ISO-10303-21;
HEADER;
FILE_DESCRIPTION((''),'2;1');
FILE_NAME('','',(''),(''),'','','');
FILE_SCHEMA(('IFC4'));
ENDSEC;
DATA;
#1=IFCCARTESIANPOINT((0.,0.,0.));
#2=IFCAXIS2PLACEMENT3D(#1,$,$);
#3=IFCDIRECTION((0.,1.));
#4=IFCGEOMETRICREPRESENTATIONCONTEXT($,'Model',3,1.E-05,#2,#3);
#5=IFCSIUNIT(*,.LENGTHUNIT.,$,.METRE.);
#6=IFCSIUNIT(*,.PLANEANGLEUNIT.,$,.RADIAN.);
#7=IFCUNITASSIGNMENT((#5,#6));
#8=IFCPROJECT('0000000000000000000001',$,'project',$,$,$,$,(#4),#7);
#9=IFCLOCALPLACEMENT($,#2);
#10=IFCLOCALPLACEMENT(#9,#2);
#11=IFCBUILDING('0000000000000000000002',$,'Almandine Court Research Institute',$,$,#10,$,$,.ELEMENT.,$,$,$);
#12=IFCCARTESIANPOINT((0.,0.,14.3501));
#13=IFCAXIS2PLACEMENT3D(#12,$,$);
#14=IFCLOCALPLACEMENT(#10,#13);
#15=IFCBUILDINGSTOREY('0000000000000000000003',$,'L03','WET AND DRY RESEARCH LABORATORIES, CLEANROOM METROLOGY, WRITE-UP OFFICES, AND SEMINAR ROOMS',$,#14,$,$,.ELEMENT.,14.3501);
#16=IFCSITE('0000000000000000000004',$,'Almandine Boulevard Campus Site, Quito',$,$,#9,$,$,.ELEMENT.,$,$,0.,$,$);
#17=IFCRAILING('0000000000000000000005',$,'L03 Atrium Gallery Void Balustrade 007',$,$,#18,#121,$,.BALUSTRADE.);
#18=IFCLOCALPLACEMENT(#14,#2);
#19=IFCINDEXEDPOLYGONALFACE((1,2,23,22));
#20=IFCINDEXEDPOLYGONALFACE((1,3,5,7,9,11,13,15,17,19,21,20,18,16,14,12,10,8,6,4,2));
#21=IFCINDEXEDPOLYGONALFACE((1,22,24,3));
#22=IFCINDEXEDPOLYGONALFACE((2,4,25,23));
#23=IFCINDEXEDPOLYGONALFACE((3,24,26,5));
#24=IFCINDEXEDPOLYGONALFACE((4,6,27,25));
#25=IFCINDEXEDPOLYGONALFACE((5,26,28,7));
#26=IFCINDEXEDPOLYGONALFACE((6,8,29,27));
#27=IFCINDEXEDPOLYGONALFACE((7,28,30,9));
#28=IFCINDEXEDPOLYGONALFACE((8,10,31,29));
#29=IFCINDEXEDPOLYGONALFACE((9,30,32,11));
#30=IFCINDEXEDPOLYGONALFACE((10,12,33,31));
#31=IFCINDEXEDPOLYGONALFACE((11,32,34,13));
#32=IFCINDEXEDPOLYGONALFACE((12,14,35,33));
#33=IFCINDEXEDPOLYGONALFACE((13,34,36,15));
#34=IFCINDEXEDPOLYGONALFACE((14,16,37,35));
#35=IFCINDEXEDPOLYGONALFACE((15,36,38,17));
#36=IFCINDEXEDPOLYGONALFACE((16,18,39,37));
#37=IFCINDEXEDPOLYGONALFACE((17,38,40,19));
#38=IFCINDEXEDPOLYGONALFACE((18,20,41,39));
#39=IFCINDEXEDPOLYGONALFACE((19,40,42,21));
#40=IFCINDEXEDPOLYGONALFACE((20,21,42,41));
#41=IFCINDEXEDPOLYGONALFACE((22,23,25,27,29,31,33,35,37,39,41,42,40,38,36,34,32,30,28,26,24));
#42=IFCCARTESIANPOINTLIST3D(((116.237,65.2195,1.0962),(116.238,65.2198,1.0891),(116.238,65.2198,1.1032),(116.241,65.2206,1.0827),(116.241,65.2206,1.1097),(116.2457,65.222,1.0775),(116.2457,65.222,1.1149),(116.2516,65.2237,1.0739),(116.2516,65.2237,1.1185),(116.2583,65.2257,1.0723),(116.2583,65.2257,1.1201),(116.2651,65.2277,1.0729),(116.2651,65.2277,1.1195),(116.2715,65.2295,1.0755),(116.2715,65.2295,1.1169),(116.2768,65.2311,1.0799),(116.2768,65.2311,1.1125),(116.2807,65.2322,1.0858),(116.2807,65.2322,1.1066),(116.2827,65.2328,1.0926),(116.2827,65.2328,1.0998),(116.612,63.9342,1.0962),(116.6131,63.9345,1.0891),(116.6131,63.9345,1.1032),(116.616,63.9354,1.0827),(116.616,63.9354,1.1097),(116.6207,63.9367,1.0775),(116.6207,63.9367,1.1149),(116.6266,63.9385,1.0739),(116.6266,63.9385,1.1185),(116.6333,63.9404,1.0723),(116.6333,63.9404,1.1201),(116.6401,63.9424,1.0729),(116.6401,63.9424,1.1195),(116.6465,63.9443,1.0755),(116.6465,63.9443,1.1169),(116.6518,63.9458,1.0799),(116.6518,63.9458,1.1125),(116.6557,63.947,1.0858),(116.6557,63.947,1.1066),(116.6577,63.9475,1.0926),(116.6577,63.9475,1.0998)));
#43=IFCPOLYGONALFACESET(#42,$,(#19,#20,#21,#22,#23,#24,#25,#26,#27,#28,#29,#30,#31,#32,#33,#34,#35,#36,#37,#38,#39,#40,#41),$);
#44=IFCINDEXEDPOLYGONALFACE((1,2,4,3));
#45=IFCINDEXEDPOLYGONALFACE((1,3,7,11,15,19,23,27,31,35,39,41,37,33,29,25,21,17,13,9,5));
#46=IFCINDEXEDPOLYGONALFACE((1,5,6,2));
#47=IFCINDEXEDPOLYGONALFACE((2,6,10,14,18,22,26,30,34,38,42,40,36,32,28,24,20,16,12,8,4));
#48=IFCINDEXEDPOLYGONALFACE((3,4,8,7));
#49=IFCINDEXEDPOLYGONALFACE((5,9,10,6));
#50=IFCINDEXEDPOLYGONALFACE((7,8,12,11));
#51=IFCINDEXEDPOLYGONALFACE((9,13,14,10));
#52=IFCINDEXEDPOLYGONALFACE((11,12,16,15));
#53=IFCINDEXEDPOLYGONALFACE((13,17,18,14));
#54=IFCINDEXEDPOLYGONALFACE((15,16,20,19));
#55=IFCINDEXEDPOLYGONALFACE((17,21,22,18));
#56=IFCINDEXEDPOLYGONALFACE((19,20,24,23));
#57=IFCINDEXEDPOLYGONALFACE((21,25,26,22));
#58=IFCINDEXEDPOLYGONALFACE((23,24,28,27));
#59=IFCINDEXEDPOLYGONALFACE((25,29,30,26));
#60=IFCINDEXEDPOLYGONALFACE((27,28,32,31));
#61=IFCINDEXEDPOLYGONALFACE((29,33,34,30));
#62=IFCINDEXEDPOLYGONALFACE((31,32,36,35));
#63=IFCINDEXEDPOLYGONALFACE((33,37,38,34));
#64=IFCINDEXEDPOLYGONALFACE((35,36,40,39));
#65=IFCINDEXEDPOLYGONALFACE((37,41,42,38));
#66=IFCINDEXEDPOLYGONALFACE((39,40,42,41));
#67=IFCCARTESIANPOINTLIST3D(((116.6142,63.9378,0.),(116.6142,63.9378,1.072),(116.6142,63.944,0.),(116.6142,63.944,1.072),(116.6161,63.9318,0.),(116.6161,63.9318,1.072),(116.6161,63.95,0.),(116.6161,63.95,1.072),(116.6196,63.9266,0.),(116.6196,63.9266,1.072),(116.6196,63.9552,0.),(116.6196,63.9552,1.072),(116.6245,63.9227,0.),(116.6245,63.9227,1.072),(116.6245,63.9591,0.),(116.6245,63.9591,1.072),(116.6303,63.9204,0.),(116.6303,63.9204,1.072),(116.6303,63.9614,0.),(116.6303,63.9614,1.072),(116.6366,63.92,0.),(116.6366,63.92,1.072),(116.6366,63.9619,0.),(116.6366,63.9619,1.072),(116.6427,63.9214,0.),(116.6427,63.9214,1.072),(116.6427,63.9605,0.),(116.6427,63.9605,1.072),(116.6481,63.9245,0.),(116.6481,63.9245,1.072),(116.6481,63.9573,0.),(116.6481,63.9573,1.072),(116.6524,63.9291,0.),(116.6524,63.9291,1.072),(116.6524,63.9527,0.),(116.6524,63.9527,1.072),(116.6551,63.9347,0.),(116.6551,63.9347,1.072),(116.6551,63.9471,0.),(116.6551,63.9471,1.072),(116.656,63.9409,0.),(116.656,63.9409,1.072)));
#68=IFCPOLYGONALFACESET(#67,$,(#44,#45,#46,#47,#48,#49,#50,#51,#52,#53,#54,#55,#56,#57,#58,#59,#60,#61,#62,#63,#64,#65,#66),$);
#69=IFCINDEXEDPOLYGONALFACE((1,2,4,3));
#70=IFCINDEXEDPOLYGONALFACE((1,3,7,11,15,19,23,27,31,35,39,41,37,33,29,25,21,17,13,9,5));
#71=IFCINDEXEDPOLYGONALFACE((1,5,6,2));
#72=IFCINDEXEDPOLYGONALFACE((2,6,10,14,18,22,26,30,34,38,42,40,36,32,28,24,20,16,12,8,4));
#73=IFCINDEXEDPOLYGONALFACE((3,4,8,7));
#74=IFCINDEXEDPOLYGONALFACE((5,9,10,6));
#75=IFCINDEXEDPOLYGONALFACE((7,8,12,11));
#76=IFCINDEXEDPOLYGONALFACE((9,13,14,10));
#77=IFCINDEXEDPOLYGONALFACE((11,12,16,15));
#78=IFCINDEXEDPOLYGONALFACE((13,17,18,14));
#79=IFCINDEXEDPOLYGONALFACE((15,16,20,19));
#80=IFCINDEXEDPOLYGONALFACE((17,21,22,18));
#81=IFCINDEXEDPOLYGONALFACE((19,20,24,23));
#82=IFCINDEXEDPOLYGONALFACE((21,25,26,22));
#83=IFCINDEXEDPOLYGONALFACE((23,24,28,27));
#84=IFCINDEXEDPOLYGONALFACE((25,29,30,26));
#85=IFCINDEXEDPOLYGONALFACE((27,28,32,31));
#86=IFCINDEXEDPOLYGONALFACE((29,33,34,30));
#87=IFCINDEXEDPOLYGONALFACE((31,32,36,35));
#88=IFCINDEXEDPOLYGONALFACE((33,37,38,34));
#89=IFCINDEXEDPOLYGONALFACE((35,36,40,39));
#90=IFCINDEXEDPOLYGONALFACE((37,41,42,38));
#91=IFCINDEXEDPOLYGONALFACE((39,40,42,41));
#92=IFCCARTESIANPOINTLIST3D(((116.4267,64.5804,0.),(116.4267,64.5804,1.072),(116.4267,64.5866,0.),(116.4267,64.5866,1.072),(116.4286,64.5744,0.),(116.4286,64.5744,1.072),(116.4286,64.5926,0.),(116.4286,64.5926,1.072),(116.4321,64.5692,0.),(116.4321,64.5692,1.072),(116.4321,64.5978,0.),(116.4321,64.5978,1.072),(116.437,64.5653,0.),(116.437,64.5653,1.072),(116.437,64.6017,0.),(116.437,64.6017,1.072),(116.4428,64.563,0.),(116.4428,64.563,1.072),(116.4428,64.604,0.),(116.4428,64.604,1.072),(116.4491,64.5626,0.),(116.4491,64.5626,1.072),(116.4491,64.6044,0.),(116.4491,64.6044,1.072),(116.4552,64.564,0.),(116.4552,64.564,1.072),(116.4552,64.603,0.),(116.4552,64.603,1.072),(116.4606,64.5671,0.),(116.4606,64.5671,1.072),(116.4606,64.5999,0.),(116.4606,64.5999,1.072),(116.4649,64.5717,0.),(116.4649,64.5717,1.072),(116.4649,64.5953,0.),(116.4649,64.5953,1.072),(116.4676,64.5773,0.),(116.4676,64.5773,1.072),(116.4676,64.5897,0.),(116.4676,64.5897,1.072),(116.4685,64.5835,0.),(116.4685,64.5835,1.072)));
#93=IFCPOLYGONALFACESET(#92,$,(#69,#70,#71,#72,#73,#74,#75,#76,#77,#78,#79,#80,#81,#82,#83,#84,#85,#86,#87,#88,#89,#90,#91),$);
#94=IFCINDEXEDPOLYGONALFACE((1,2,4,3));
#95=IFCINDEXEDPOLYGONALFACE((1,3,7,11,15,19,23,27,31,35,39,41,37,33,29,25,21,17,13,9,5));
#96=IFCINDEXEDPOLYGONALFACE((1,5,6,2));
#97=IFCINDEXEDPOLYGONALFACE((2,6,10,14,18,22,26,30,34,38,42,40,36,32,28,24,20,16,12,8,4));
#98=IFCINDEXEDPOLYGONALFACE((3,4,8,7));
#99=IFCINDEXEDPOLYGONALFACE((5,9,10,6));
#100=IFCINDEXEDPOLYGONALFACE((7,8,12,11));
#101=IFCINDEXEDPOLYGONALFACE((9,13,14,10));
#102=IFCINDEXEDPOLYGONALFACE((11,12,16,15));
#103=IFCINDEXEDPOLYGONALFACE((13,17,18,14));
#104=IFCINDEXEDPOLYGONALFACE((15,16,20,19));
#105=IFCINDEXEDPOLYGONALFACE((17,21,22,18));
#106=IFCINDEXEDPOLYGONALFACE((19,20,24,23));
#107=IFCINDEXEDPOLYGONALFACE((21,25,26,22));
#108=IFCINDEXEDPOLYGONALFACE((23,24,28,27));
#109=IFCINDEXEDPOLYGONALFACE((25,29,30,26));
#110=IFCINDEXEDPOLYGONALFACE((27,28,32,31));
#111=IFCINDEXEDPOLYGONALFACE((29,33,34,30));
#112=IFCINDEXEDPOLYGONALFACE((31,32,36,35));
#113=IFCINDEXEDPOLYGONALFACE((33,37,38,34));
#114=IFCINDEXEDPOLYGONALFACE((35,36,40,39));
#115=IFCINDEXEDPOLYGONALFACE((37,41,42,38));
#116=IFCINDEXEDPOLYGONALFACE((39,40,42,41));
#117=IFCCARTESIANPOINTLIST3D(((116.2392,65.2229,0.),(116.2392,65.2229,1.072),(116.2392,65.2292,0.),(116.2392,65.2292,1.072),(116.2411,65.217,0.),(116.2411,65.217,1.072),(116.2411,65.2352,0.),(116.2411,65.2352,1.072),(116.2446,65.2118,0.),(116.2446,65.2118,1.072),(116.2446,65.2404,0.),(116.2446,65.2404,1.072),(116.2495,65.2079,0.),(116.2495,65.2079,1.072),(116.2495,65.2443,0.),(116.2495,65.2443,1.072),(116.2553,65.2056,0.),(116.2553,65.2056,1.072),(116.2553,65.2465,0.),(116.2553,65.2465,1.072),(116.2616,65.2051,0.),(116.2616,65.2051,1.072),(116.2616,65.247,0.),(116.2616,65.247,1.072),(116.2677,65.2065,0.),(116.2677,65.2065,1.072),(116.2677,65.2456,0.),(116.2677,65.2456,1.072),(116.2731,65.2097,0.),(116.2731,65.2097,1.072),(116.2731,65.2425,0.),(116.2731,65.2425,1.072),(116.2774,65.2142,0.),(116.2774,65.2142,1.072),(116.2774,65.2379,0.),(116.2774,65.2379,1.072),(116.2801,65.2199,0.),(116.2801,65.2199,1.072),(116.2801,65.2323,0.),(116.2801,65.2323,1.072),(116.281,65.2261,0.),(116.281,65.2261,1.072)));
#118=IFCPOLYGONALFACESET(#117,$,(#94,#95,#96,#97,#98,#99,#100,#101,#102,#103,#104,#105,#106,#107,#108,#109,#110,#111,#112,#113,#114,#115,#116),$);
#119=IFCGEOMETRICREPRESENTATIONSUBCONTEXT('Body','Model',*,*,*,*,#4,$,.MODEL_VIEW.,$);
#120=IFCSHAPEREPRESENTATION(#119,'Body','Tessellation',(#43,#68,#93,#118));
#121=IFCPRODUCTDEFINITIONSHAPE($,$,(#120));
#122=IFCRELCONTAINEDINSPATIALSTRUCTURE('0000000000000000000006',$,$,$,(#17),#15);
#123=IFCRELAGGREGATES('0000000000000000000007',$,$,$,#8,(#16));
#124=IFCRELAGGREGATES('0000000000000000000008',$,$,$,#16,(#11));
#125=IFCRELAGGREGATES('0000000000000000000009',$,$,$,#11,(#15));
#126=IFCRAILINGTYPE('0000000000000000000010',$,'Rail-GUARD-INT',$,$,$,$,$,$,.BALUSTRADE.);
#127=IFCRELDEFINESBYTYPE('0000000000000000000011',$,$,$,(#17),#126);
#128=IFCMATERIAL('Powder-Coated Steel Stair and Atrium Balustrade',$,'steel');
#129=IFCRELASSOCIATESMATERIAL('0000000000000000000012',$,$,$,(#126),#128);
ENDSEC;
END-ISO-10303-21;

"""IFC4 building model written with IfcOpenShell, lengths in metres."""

from ifc_helpers import new_model, si_unit, direction, frame, origin, origin_2d, place, context, subcontext, project, spatial, circle, extrude, material, type_object, element, save


model = new_model("IFC4")

# Units and contexts
model_context = context("Model", 3, precision=1e-05, world=origin(), true_north=direction((0.0, 1.0)))
body_context = subcontext(model_context, "Body", "Model", "MODEL_VIEW")
ifc_project = project(units=[si_unit("LENGTHUNIT", "METRE"), si_unit("PLANEANGLEUNIT", "RADIAN")], contexts=[model_context])

# Site, building, storey
site_placement = place(None, origin())
site = spatial("IfcSite", under=ifc_project, at=site_placement, Name="Almandine Boulevard Campus Site, Quito", CompositionType="ELEMENT", RefElevation=0.0)
building_placement = place(site_placement, origin())
building = spatial("IfcBuilding", under=site, at=building_placement, Name="Almandine Court Research Institute", CompositionType="ELEMENT")
storey_placement = place(building_placement, frame((0.0, 0.0, 14.3501)))
storey = spatial("IfcBuildingStorey", under=building, at=storey_placement, Name="L03", Description="WET AND DRY RESEARCH LABORATORIES, CLEANROOM METROLOGY, WRITE-UP OFFICES, AND SEMINAR ROOMS", CompositionType="ELEMENT", Elevation=14.3501)

# Railing
ifc_material_1 = material(Name="Powder-Coated Steel Stair and Atrium Balustrade", Category="steel")
railing_type = type_object("IfcRailingType", Name="Rail-GUARD-INT", PredefinedType="BALUSTRADE", material=ifc_material_1)
railing_1_placement = place(storey_placement, frame((116.635, 63.9409, 0.0)))
element("IfcRailing", 1, at=railing_1_placement, inside=storey, type_object=railing_type, Name="L03 Atrium Gallery Void Balustrade 007", PredefinedType="BALUSTRADE", context=body_context, shape_type="SweptSolid", body=[
    extrude(circle(Radius=0.0239, at=origin_2d()), frame((0.0, 0.0, 1.0962), z_axis=(-0.280112, 0.959967, 0.0), x_axis=(-0.959967, -0.280112, 0.0)), (0.0, 0.0, 1.0), 1.3389),
    extrude(circle(Radius=0.021, at=origin_2d()), origin(), (0.0, 0.0, 1.0), 1.072),
    extrude(circle(Radius=0.021, at=origin_2d()), frame((-0.1875, 0.6426, 0.0)), (0.0, 0.0, 1.0), 1.072),
    extrude(circle(Radius=0.021, at=origin_2d()), frame((-0.375, 1.2852, 0.0)), (0.0, 0.0, 1.0), 1.072),
])

save(model, "model.ifc")
